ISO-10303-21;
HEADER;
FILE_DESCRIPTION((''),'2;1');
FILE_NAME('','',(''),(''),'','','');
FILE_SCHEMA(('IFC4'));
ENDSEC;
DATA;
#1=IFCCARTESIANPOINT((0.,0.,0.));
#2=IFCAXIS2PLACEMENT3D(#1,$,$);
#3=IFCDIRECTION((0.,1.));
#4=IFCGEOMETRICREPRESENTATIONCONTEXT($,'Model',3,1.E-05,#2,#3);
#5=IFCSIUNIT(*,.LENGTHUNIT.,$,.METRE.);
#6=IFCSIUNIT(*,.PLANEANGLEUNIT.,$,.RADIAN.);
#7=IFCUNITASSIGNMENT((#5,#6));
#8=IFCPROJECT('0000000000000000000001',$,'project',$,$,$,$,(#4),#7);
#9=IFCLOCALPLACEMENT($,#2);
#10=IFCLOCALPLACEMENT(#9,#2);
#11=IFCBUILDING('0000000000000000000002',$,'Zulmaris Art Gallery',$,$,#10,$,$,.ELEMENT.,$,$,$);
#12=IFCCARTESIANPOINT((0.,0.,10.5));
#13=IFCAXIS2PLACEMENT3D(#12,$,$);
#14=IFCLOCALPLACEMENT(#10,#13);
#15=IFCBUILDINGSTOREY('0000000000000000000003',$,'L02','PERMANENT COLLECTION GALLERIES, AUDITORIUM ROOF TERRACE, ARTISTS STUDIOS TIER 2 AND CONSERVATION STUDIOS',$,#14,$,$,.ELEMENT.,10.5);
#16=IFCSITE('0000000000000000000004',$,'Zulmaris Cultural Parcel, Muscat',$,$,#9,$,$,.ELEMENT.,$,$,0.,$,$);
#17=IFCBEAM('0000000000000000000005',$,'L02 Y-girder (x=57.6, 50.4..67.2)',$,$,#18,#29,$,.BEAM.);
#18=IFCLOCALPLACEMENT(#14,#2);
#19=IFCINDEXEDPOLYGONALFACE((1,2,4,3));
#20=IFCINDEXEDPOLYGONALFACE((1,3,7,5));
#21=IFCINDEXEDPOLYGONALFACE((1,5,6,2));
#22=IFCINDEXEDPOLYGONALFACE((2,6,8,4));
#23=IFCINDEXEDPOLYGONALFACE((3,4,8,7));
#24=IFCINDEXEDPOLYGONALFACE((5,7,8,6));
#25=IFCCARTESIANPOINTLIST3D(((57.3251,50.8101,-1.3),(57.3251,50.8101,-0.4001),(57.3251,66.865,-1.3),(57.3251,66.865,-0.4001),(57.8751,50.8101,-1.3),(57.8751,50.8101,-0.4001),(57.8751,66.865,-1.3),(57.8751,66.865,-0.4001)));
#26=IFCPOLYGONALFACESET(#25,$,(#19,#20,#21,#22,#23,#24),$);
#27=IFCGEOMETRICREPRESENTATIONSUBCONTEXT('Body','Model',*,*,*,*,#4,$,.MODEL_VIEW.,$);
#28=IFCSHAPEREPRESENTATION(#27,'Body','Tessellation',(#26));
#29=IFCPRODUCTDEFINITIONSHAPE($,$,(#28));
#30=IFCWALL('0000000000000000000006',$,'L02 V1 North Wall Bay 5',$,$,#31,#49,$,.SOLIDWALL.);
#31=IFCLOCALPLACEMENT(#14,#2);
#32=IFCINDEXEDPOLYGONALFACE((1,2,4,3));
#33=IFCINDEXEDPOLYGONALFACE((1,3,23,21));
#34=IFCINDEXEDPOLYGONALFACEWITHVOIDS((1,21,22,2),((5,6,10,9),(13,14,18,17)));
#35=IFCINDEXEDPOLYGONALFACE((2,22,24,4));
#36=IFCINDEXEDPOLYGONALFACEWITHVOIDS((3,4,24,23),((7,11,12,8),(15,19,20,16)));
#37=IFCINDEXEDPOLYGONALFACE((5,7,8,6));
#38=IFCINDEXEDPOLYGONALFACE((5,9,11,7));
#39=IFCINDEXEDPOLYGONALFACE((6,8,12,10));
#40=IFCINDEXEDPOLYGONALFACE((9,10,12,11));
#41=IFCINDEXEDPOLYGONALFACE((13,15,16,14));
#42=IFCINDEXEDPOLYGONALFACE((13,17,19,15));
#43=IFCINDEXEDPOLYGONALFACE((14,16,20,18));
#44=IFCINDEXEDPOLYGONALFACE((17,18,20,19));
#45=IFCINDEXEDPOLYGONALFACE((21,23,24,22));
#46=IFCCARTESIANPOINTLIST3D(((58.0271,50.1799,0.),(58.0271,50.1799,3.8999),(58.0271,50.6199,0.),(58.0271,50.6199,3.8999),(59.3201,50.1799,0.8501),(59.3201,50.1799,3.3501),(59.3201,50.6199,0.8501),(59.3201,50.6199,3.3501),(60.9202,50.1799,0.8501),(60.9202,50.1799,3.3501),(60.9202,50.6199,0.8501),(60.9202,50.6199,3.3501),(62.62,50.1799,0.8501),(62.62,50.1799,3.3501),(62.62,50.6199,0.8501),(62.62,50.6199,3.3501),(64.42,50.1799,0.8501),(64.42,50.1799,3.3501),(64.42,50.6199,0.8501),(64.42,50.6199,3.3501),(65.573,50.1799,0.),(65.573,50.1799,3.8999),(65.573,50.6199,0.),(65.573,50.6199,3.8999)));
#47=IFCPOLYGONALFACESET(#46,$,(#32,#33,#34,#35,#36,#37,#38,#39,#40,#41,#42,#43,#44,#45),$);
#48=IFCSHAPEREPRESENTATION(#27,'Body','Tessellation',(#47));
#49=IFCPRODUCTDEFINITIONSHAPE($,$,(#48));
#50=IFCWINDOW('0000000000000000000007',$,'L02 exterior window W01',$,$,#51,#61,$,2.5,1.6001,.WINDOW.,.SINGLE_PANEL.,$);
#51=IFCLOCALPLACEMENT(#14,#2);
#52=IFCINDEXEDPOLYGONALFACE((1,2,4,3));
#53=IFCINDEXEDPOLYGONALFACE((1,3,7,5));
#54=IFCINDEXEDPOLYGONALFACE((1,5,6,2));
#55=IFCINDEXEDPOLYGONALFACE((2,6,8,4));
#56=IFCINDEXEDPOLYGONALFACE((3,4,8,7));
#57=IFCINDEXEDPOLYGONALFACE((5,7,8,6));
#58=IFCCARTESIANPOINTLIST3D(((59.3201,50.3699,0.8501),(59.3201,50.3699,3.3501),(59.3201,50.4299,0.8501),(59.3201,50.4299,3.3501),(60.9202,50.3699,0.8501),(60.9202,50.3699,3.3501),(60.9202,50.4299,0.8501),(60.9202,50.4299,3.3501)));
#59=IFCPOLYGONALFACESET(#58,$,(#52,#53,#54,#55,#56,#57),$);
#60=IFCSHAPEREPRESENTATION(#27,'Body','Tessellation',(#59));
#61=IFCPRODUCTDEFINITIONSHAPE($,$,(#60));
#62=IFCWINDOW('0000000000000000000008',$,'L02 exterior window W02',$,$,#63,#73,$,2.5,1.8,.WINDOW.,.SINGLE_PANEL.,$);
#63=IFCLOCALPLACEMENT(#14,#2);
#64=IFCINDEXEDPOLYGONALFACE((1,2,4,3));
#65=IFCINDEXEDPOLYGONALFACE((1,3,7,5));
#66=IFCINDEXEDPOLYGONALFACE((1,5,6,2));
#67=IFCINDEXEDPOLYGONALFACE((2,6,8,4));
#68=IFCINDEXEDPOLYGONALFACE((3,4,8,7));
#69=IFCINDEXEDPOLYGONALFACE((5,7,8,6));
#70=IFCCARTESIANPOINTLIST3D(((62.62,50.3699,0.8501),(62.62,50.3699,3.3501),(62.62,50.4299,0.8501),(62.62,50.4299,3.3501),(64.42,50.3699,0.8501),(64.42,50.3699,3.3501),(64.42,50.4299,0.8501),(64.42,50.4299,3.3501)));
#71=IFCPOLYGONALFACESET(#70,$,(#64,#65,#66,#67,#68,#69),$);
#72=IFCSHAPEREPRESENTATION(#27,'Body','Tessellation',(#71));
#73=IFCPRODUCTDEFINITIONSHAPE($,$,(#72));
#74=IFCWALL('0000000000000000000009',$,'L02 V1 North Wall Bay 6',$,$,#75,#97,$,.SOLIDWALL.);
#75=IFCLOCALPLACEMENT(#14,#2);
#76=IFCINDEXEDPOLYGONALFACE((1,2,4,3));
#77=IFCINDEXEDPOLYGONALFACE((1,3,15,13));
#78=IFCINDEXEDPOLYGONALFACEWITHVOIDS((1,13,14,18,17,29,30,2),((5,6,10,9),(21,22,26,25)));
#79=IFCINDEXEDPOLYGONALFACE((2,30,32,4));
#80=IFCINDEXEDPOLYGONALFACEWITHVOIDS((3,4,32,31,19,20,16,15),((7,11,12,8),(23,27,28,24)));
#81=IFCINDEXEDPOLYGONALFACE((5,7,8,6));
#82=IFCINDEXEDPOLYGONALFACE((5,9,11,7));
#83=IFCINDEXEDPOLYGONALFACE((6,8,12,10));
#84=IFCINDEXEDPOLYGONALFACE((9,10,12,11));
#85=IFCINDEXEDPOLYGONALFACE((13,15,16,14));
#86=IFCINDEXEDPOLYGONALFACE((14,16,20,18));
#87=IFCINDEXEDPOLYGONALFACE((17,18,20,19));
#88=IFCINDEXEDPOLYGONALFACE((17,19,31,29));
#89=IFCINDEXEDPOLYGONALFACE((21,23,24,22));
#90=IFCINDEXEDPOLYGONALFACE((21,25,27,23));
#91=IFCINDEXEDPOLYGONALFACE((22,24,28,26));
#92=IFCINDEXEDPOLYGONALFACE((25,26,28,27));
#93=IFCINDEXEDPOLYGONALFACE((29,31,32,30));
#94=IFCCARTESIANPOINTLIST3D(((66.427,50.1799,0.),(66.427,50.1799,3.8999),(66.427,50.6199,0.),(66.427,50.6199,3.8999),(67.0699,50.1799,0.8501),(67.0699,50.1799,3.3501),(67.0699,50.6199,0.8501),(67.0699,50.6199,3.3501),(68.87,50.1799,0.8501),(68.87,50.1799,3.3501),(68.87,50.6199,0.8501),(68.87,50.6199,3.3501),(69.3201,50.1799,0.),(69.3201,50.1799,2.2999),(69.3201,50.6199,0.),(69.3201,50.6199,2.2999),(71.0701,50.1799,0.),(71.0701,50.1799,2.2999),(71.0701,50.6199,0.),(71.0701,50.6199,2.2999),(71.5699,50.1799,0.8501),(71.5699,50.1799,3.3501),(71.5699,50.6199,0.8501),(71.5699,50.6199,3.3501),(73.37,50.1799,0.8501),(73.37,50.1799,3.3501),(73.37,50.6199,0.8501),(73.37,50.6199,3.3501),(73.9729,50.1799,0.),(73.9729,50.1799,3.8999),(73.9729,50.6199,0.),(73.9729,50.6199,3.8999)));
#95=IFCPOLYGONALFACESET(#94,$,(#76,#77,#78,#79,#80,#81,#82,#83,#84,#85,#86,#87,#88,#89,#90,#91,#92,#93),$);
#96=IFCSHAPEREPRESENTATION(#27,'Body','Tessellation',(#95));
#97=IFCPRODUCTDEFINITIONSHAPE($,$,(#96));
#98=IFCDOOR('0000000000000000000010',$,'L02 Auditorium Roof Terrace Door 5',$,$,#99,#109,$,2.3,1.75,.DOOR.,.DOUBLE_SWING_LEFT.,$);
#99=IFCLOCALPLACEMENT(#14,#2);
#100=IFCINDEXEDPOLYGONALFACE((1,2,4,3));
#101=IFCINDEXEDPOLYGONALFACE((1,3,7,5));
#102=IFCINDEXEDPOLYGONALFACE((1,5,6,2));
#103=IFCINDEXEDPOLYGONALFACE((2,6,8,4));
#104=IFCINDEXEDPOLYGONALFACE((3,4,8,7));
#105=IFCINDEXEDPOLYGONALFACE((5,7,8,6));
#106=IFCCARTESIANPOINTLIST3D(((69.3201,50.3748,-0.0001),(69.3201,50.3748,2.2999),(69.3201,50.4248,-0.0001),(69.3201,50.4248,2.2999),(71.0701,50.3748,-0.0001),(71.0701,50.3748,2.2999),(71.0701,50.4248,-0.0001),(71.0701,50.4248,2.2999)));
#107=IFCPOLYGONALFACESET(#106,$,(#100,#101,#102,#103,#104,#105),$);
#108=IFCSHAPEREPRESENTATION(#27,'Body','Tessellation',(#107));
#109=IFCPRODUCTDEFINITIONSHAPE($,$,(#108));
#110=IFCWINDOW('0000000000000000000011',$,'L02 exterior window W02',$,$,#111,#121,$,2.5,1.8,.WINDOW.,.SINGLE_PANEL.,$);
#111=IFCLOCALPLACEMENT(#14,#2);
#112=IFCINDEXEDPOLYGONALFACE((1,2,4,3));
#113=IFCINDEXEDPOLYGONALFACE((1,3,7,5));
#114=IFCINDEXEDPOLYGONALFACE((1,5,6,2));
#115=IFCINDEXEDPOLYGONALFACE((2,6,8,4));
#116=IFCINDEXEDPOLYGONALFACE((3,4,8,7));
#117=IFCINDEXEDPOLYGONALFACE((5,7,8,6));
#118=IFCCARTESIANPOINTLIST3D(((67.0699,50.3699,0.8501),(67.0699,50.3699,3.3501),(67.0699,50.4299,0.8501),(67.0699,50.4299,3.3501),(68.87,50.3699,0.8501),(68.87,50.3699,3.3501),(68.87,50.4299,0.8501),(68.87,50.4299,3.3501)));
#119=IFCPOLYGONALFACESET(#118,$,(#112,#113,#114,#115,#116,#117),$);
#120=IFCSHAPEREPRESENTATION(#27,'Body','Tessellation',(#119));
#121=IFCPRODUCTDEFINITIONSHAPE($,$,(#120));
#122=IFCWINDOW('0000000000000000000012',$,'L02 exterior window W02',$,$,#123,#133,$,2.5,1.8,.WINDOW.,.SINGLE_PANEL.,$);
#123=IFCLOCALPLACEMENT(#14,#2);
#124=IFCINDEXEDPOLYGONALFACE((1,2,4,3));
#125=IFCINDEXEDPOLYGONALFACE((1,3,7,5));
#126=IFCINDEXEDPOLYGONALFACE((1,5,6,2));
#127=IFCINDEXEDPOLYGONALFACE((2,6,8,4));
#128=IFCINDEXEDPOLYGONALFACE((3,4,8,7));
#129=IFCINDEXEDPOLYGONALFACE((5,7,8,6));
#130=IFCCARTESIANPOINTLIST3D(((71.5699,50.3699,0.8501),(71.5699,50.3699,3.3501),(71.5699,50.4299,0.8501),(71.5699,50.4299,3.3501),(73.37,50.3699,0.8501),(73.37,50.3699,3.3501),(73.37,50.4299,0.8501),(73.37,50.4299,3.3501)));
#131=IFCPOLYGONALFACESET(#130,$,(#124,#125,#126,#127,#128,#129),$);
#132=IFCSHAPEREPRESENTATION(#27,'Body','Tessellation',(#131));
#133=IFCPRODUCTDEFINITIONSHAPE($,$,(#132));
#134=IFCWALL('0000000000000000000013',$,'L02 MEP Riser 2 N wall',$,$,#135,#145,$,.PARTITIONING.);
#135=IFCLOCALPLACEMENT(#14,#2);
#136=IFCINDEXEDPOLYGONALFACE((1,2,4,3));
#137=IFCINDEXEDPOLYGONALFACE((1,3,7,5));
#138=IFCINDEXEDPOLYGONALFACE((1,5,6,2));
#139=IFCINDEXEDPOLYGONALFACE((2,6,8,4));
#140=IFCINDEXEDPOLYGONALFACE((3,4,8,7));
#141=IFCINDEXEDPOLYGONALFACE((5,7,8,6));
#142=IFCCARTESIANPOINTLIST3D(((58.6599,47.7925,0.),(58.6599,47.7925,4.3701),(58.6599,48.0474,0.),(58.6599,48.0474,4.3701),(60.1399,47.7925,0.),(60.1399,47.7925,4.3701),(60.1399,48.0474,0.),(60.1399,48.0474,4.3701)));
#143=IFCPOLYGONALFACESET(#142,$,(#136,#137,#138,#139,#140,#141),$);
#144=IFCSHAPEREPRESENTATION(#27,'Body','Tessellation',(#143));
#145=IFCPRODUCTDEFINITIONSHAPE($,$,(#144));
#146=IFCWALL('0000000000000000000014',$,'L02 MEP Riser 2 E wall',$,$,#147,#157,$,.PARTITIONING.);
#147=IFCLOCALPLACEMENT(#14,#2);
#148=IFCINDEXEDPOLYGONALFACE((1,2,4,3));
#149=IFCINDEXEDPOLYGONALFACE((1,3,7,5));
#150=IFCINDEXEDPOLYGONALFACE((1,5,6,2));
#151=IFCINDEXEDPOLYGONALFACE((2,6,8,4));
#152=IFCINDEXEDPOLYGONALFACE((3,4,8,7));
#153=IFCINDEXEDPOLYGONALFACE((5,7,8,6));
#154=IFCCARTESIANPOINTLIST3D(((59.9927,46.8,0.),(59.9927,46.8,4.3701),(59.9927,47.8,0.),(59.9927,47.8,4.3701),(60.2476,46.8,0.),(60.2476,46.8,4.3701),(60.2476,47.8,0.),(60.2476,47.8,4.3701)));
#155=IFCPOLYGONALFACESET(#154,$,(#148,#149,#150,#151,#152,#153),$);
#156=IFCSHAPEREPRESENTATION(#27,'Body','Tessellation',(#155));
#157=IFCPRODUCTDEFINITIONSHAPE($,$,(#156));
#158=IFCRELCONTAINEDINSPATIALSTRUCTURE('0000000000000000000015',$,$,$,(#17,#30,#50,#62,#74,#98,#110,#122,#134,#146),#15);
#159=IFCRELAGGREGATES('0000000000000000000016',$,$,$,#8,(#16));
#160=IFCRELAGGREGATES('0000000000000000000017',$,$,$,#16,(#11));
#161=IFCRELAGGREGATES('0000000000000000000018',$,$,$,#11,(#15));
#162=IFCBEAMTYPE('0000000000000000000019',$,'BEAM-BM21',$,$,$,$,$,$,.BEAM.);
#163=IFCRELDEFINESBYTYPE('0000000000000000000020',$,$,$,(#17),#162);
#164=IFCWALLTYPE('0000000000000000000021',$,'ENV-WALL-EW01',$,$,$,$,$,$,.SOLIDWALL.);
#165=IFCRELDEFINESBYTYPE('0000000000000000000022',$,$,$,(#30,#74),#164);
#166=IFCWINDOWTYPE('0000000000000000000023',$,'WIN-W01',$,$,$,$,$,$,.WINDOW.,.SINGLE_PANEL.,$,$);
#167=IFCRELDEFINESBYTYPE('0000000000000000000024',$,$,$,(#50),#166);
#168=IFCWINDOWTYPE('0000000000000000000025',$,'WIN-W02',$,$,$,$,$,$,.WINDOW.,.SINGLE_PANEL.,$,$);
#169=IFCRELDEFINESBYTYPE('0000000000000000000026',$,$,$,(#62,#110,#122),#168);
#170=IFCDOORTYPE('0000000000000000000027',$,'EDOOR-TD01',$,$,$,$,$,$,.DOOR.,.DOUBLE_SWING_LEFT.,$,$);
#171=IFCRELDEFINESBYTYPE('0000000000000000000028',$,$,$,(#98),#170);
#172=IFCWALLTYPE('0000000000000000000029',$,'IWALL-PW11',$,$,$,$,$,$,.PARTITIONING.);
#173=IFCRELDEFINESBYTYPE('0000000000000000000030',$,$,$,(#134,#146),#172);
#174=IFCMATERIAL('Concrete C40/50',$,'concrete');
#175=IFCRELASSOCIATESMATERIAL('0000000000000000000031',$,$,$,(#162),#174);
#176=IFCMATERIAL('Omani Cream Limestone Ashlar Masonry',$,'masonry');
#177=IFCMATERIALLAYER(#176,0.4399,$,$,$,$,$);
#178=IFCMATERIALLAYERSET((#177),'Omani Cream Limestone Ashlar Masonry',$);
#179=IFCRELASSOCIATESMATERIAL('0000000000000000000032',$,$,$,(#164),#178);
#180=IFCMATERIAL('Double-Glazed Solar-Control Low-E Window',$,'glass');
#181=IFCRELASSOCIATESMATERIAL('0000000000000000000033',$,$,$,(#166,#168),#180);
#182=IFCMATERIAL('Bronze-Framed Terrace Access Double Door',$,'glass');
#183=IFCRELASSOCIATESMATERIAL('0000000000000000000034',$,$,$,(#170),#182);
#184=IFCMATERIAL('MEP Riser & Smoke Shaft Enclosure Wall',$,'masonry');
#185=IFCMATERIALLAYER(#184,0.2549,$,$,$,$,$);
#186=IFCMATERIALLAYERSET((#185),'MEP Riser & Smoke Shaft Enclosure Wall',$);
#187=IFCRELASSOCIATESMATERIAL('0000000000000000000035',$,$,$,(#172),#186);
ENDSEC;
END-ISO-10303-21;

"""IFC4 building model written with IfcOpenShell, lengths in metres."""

from ifc_helpers import new_model, si_unit, direction, frame, frame_2d, origin, origin_2d, place, context, subcontext, project, spatial, rectangle, extrude, material, layer, layer_set, material_profile, profile_set, type_object, element, fill, save


model = new_model("IFC4")

# Units and contexts
model_context = context("Model", 3, precision=1e-05, world=origin(), true_north=direction((0.0, 1.0)))
body_context = subcontext(model_context, "Body", "Model", "MODEL_VIEW")
ifc_project = project(units=[si_unit("LENGTHUNIT", "METRE"), si_unit("PLANEANGLEUNIT", "RADIAN")], contexts=[model_context])

# Site, building, storey
site_placement = place(None, origin())
site = spatial("IfcSite", under=ifc_project, at=site_placement, Name="Zulmaris Cultural Parcel, Muscat", CompositionType="ELEMENT", RefElevation=0.0)
building_placement = place(site_placement, origin())
building = spatial("IfcBuilding", under=site, at=building_placement, Name="Zulmaris Art Gallery", CompositionType="ELEMENT")
storey_placement = place(building_placement, frame((0.0, 0.0, 10.5)))
storey = spatial("IfcBuildingStorey", under=building, at=storey_placement, Name="L02", Description="PERMANENT COLLECTION GALLERIES, AUDITORIUM ROOF TERRACE, ARTISTS STUDIOS TIER 2 AND CONSERVATION STUDIOS", CompositionType="ELEMENT", Elevation=10.5)

# Beam
ifc_material_1 = material(Name="Concrete C40/50", Category="concrete")
ifc_material_profile_1 = material_profile(ifc_material_1, rectangle(XDim=0.55, YDim=0.8999, at=origin_2d()), Name="RC 550x900")
ifc_profile_set_1 = profile_set([ifc_material_profile_1], Name="Concrete C40/50")
beam_type_1 = type_object("IfcBeamType", Name="BEAM-BM21", PredefinedType="BEAM", material=ifc_profile_set_1)
beam_1_placement = place(storey_placement, frame((57.6001, 50.8101, -0.8501), z_axis=(0.0, 1.0, 0.0), x_axis=(-1.0, 0.0, 0.0)))
element("IfcBeam", 1, at=beam_1_placement, inside=storey, type_object=beam_type_1, Name="L02 Y-girder (x=57.6, 50.4..67.2)", PredefinedType="BEAM", context=body_context, shape_type="SweptSolid", body=[
    extrude(rectangle(XDim=0.55, YDim=0.8999, at=origin_2d()), origin(), (0.0, 0.0, 1.0), 16.0549),
])

# Wall, openings, windows
ifc_material_2 = material(Name="Omani Cream Limestone Ashlar Masonry", Category="masonry")
ifc_layer_1 = layer(ifc_material_2, 0.4399)
ifc_layer_set_1 = layer_set([ifc_layer_1], Name="Omani Cream Limestone Ashlar Masonry")
wall_type_1 = type_object("IfcWallType", Name="ENV-WALL-EW01", PredefinedType="SOLIDWALL", material=ifc_layer_set_1)
wall_1_placement = place(storey_placement, frame((58.0271, 50.3999, 0.0), z_axis=(0.0, 0.0, 1.0), x_axis=(1.0, 0.0, 0.0)))
wall_1 = element("IfcWall", 2, at=wall_1_placement, inside=storey, type_object=wall_type_1, Name="L02 V1 North Wall Bay 5", PredefinedType="SOLIDWALL", context=body_context, shape_type="SweptSolid", body=[
    extrude(rectangle(XDim=7.5459, YDim=0.4399, at=frame_2d((3.7729, 0.0))), origin(), (0.0, 0.0, 1.0), 3.8999),
])
opening_1_placement = place(wall_1_placement, frame((1.293, 0.0, 0.8501)))
opening_1 = element("IfcOpeningElement", 3, at=opening_1_placement, cuts=wall_1, PredefinedType="OPENING", context=body_context, shape_type="SweptSolid", body=[
    extrude(rectangle(XDim=1.6001, YDim=2.5, at=frame_2d((0.8, 1.25))), frame((0.0, 0.23, 0.0), z_axis=(0.0, -1.0, 0.0), x_axis=(1.0, 0.0, 0.0)), (0.0, 0.0, 1.0), 0.46),
])
opening_2_placement = place(wall_1_placement, frame((4.593, 0.0, 0.8501)))
opening_2 = element("IfcOpeningElement", 4, at=opening_2_placement, cuts=wall_1, PredefinedType="OPENING", context=body_context, shape_type="SweptSolid", body=[
    extrude(rectangle(XDim=1.8, YDim=2.5, at=frame_2d((0.8999, 1.25))), frame((0.0, 0.23, 0.0), z_axis=(0.0, -1.0, 0.0), x_axis=(1.0, 0.0, 0.0)), (0.0, 0.0, 1.0), 0.46),
])
ifc_material_3 = material(Name="Double-Glazed Solar-Control Low-E Window", Category="glass")
window_type_1 = type_object("IfcWindowType", Name="WIN-W01", PartitioningType="SINGLE_PANEL", PredefinedType="WINDOW", material=ifc_material_3)
window_1_placement = place(opening_1_placement, origin())
window_1 = element("IfcWindow", 5, at=window_1_placement, inside=storey, type_object=window_type_1, Name="L02 exterior window W01", OverallHeight=2.5, OverallWidth=1.6001, PartitioningType="SINGLE_PANEL", PredefinedType="WINDOW", context=body_context, shape_type="SweptSolid", body=[
    extrude(rectangle(XDim=1.6001, YDim=2.5, at=frame_2d((0.8, 1.25))), frame((0.0, 0.03, 0.0), z_axis=(0.0, -1.0, 0.0), x_axis=(1.0, 0.0, 0.0)), (0.0, 0.0, 1.0), 0.0601),
])
fill(opening_1, window_1)
window_type_2 = type_object("IfcWindowType", Name="WIN-W02", PartitioningType="SINGLE_PANEL", PredefinedType="WINDOW", material=ifc_material_3)
window_2_placement = place(opening_2_placement, origin())
window_2 = element("IfcWindow", 6, at=window_2_placement, inside=storey, type_object=window_type_2, Name="L02 exterior window W02", OverallHeight=2.5, OverallWidth=1.8, PartitioningType="SINGLE_PANEL", PredefinedType="WINDOW", context=body_context, shape_type="SweptSolid", body=[
    extrude(rectangle(XDim=1.8, YDim=2.5, at=frame_2d((0.8999, 1.25))), frame((0.0, 0.03, 0.0), z_axis=(0.0, -1.0, 0.0), x_axis=(1.0, 0.0, 0.0)), (0.0, 0.0, 1.0), 0.0601),
])
fill(opening_2, window_2)

# Wall, openings, door, windows
wall_2_placement = place(storey_placement, frame((66.427, 50.3999, 0.0), z_axis=(0.0, 0.0, 1.0), x_axis=(1.0, 0.0, 0.0)))
wall_2 = element("IfcWall", 7, at=wall_2_placement, inside=storey, type_object=wall_type_1, Name="L02 V1 North Wall Bay 6", PredefinedType="SOLIDWALL", context=body_context, shape_type="SweptSolid", body=[
    extrude(rectangle(XDim=7.5459, YDim=0.4399, at=frame_2d((3.7729, 0.0))), origin(), (0.0, 0.0, 1.0), 3.8999),
])
opening_3_placement = place(wall_2_placement, frame((0.6431, 0.0, 0.8501)))
opening_3 = element("IfcOpeningElement", 8, at=opening_3_placement, cuts=wall_2, PredefinedType="OPENING", context=body_context, shape_type="SweptSolid", body=[
    extrude(rectangle(XDim=1.8, YDim=2.5, at=frame_2d((0.8999, 1.25))), frame((0.0, 0.23, 0.0), z_axis=(0.0, -1.0, 0.0), x_axis=(1.0, 0.0, 0.0)), (0.0, 0.0, 1.0), 0.46),
])
opening_4_placement = place(wall_2_placement, frame((5.1431, 0.0, 0.8501)))
opening_4 = element("IfcOpeningElement", 9, at=opening_4_placement, cuts=wall_2, PredefinedType="OPENING", context=body_context, shape_type="SweptSolid", body=[
    extrude(rectangle(XDim=1.8, YDim=2.5, at=frame_2d((0.8999, 1.25))), frame((0.0, 0.23, 0.0), z_axis=(0.0, -1.0, 0.0), x_axis=(1.0, 0.0, 0.0)), (0.0, 0.0, 1.0), 0.46),
])
opening_5_placement = place(wall_2_placement, frame((2.8931, 0.0, 0.0)))
opening_5 = element("IfcOpeningElement", 10, at=opening_5_placement, cuts=wall_2, PredefinedType="OPENING", context=body_context, shape_type="SweptSolid", body=[
    extrude(rectangle(XDim=1.75, YDim=2.3, at=frame_2d((0.875, 1.1499))), frame((0.0, 0.23, 0.0), z_axis=(0.0, -1.0, 0.0), x_axis=(1.0, 0.0, 0.0)), (0.0, 0.0, 1.0), 0.46),
])
ifc_material_4 = material(Name="Bronze-Framed Terrace Access Double Door", Category="glass")
door_type = type_object("IfcDoorType", Name="EDOOR-TD01", OperationType="DOUBLE_SWING_LEFT", PredefinedType="DOOR", material=ifc_material_4)
door_placement = place(opening_5_placement, origin())
door = element("IfcDoor", 11, at=door_placement, inside=storey, type_object=door_type, Name="L02 Auditorium Roof Terrace Door 5", OperationType="DOUBLE_SWING_LEFT", OverallHeight=2.3, OverallWidth=1.75, PredefinedType="DOOR", context=body_context, shape_type="SweptSolid", body=[
    extrude(rectangle(XDim=1.75, YDim=2.3, at=frame_2d((0.875, 1.1499))), frame((0.0, 0.0249, 0.0), z_axis=(0.0, -1.0, 0.0), x_axis=(1.0, 0.0, 0.0)), (0.0, 0.0, 1.0), 0.05),
])
fill(opening_5, door)
window_3_placement = place(opening_3_placement, origin())
window_3 = element("IfcWindow", 12, at=window_3_placement, inside=storey, type_object=window_type_2, Name="L02 exterior window W02", OverallHeight=2.5, OverallWidth=1.8, PartitioningType="SINGLE_PANEL", PredefinedType="WINDOW", context=body_context, shape_type="SweptSolid", body=[
    extrude(rectangle(XDim=1.8, YDim=2.5, at=frame_2d((0.8999, 1.25))), frame((0.0, 0.03, 0.0), z_axis=(0.0, -1.0, 0.0), x_axis=(1.0, 0.0, 0.0)), (0.0, 0.0, 1.0), 0.0601),
])
fill(opening_3, window_3)
window_4_placement = place(opening_4_placement, origin())
window_4 = element("IfcWindow", 13, at=window_4_placement, inside=storey, type_object=window_type_2, Name="L02 exterior window W02", OverallHeight=2.5, OverallWidth=1.8, PartitioningType="SINGLE_PANEL", PredefinedType="WINDOW", context=body_context, shape_type="SweptSolid", body=[
    extrude(rectangle(XDim=1.8, YDim=2.5, at=frame_2d((0.8999, 1.25))), frame((0.0, 0.03, 0.0), z_axis=(0.0, -1.0, 0.0), x_axis=(1.0, 0.0, 0.0)), (0.0, 0.0, 1.0), 0.0601),
])
fill(opening_4, window_4)

# Walls
ifc_material_5 = material(Name="MEP Riser & Smoke Shaft Enclosure Wall", Category="masonry")
ifc_layer_2 = layer(ifc_material_5, 0.2549)
ifc_layer_set_2 = layer_set([ifc_layer_2], Name="MEP Riser & Smoke Shaft Enclosure Wall")
wall_type_2 = type_object("IfcWallType", Name="IWALL-PW11", PredefinedType="PARTITIONING", material=ifc_layer_set_2)
wall_3_placement = place(storey_placement, frame((58.6599, 47.9199, 0.0), z_axis=(0.0, 0.0, 1.0), x_axis=(1.0, 0.0, 0.0)))
element("IfcWall", 14, at=wall_3_placement, inside=storey, type_object=wall_type_2, Name="L02 MEP Riser 2 N wall", PredefinedType="PARTITIONING", context=body_context, shape_type="SweptSolid", body=[
    extrude(rectangle(XDim=1.48, YDim=0.2549, at=frame_2d((0.74, 0.0))), origin(), (0.0, 0.0, 1.0), 4.3701),
])
wall_4_placement = place(storey_placement, frame((60.1201, 46.8, 0.0), z_axis=(0.0, 0.0, 1.0), x_axis=(0.0, 1.0, 0.0)))
element("IfcWall", 15, at=wall_4_placement, inside=storey, type_object=wall_type_2, Name="L02 MEP Riser 2 E wall", PredefinedType="PARTITIONING", context=body_context, shape_type="SweptSolid", body=[
    extrude(rectangle(XDim=1.0, YDim=0.2549, at=frame_2d((0.5, 0.0))), origin(), (0.0, 0.0, 1.0), 4.3701),
])

save(model, "model.ifc")
